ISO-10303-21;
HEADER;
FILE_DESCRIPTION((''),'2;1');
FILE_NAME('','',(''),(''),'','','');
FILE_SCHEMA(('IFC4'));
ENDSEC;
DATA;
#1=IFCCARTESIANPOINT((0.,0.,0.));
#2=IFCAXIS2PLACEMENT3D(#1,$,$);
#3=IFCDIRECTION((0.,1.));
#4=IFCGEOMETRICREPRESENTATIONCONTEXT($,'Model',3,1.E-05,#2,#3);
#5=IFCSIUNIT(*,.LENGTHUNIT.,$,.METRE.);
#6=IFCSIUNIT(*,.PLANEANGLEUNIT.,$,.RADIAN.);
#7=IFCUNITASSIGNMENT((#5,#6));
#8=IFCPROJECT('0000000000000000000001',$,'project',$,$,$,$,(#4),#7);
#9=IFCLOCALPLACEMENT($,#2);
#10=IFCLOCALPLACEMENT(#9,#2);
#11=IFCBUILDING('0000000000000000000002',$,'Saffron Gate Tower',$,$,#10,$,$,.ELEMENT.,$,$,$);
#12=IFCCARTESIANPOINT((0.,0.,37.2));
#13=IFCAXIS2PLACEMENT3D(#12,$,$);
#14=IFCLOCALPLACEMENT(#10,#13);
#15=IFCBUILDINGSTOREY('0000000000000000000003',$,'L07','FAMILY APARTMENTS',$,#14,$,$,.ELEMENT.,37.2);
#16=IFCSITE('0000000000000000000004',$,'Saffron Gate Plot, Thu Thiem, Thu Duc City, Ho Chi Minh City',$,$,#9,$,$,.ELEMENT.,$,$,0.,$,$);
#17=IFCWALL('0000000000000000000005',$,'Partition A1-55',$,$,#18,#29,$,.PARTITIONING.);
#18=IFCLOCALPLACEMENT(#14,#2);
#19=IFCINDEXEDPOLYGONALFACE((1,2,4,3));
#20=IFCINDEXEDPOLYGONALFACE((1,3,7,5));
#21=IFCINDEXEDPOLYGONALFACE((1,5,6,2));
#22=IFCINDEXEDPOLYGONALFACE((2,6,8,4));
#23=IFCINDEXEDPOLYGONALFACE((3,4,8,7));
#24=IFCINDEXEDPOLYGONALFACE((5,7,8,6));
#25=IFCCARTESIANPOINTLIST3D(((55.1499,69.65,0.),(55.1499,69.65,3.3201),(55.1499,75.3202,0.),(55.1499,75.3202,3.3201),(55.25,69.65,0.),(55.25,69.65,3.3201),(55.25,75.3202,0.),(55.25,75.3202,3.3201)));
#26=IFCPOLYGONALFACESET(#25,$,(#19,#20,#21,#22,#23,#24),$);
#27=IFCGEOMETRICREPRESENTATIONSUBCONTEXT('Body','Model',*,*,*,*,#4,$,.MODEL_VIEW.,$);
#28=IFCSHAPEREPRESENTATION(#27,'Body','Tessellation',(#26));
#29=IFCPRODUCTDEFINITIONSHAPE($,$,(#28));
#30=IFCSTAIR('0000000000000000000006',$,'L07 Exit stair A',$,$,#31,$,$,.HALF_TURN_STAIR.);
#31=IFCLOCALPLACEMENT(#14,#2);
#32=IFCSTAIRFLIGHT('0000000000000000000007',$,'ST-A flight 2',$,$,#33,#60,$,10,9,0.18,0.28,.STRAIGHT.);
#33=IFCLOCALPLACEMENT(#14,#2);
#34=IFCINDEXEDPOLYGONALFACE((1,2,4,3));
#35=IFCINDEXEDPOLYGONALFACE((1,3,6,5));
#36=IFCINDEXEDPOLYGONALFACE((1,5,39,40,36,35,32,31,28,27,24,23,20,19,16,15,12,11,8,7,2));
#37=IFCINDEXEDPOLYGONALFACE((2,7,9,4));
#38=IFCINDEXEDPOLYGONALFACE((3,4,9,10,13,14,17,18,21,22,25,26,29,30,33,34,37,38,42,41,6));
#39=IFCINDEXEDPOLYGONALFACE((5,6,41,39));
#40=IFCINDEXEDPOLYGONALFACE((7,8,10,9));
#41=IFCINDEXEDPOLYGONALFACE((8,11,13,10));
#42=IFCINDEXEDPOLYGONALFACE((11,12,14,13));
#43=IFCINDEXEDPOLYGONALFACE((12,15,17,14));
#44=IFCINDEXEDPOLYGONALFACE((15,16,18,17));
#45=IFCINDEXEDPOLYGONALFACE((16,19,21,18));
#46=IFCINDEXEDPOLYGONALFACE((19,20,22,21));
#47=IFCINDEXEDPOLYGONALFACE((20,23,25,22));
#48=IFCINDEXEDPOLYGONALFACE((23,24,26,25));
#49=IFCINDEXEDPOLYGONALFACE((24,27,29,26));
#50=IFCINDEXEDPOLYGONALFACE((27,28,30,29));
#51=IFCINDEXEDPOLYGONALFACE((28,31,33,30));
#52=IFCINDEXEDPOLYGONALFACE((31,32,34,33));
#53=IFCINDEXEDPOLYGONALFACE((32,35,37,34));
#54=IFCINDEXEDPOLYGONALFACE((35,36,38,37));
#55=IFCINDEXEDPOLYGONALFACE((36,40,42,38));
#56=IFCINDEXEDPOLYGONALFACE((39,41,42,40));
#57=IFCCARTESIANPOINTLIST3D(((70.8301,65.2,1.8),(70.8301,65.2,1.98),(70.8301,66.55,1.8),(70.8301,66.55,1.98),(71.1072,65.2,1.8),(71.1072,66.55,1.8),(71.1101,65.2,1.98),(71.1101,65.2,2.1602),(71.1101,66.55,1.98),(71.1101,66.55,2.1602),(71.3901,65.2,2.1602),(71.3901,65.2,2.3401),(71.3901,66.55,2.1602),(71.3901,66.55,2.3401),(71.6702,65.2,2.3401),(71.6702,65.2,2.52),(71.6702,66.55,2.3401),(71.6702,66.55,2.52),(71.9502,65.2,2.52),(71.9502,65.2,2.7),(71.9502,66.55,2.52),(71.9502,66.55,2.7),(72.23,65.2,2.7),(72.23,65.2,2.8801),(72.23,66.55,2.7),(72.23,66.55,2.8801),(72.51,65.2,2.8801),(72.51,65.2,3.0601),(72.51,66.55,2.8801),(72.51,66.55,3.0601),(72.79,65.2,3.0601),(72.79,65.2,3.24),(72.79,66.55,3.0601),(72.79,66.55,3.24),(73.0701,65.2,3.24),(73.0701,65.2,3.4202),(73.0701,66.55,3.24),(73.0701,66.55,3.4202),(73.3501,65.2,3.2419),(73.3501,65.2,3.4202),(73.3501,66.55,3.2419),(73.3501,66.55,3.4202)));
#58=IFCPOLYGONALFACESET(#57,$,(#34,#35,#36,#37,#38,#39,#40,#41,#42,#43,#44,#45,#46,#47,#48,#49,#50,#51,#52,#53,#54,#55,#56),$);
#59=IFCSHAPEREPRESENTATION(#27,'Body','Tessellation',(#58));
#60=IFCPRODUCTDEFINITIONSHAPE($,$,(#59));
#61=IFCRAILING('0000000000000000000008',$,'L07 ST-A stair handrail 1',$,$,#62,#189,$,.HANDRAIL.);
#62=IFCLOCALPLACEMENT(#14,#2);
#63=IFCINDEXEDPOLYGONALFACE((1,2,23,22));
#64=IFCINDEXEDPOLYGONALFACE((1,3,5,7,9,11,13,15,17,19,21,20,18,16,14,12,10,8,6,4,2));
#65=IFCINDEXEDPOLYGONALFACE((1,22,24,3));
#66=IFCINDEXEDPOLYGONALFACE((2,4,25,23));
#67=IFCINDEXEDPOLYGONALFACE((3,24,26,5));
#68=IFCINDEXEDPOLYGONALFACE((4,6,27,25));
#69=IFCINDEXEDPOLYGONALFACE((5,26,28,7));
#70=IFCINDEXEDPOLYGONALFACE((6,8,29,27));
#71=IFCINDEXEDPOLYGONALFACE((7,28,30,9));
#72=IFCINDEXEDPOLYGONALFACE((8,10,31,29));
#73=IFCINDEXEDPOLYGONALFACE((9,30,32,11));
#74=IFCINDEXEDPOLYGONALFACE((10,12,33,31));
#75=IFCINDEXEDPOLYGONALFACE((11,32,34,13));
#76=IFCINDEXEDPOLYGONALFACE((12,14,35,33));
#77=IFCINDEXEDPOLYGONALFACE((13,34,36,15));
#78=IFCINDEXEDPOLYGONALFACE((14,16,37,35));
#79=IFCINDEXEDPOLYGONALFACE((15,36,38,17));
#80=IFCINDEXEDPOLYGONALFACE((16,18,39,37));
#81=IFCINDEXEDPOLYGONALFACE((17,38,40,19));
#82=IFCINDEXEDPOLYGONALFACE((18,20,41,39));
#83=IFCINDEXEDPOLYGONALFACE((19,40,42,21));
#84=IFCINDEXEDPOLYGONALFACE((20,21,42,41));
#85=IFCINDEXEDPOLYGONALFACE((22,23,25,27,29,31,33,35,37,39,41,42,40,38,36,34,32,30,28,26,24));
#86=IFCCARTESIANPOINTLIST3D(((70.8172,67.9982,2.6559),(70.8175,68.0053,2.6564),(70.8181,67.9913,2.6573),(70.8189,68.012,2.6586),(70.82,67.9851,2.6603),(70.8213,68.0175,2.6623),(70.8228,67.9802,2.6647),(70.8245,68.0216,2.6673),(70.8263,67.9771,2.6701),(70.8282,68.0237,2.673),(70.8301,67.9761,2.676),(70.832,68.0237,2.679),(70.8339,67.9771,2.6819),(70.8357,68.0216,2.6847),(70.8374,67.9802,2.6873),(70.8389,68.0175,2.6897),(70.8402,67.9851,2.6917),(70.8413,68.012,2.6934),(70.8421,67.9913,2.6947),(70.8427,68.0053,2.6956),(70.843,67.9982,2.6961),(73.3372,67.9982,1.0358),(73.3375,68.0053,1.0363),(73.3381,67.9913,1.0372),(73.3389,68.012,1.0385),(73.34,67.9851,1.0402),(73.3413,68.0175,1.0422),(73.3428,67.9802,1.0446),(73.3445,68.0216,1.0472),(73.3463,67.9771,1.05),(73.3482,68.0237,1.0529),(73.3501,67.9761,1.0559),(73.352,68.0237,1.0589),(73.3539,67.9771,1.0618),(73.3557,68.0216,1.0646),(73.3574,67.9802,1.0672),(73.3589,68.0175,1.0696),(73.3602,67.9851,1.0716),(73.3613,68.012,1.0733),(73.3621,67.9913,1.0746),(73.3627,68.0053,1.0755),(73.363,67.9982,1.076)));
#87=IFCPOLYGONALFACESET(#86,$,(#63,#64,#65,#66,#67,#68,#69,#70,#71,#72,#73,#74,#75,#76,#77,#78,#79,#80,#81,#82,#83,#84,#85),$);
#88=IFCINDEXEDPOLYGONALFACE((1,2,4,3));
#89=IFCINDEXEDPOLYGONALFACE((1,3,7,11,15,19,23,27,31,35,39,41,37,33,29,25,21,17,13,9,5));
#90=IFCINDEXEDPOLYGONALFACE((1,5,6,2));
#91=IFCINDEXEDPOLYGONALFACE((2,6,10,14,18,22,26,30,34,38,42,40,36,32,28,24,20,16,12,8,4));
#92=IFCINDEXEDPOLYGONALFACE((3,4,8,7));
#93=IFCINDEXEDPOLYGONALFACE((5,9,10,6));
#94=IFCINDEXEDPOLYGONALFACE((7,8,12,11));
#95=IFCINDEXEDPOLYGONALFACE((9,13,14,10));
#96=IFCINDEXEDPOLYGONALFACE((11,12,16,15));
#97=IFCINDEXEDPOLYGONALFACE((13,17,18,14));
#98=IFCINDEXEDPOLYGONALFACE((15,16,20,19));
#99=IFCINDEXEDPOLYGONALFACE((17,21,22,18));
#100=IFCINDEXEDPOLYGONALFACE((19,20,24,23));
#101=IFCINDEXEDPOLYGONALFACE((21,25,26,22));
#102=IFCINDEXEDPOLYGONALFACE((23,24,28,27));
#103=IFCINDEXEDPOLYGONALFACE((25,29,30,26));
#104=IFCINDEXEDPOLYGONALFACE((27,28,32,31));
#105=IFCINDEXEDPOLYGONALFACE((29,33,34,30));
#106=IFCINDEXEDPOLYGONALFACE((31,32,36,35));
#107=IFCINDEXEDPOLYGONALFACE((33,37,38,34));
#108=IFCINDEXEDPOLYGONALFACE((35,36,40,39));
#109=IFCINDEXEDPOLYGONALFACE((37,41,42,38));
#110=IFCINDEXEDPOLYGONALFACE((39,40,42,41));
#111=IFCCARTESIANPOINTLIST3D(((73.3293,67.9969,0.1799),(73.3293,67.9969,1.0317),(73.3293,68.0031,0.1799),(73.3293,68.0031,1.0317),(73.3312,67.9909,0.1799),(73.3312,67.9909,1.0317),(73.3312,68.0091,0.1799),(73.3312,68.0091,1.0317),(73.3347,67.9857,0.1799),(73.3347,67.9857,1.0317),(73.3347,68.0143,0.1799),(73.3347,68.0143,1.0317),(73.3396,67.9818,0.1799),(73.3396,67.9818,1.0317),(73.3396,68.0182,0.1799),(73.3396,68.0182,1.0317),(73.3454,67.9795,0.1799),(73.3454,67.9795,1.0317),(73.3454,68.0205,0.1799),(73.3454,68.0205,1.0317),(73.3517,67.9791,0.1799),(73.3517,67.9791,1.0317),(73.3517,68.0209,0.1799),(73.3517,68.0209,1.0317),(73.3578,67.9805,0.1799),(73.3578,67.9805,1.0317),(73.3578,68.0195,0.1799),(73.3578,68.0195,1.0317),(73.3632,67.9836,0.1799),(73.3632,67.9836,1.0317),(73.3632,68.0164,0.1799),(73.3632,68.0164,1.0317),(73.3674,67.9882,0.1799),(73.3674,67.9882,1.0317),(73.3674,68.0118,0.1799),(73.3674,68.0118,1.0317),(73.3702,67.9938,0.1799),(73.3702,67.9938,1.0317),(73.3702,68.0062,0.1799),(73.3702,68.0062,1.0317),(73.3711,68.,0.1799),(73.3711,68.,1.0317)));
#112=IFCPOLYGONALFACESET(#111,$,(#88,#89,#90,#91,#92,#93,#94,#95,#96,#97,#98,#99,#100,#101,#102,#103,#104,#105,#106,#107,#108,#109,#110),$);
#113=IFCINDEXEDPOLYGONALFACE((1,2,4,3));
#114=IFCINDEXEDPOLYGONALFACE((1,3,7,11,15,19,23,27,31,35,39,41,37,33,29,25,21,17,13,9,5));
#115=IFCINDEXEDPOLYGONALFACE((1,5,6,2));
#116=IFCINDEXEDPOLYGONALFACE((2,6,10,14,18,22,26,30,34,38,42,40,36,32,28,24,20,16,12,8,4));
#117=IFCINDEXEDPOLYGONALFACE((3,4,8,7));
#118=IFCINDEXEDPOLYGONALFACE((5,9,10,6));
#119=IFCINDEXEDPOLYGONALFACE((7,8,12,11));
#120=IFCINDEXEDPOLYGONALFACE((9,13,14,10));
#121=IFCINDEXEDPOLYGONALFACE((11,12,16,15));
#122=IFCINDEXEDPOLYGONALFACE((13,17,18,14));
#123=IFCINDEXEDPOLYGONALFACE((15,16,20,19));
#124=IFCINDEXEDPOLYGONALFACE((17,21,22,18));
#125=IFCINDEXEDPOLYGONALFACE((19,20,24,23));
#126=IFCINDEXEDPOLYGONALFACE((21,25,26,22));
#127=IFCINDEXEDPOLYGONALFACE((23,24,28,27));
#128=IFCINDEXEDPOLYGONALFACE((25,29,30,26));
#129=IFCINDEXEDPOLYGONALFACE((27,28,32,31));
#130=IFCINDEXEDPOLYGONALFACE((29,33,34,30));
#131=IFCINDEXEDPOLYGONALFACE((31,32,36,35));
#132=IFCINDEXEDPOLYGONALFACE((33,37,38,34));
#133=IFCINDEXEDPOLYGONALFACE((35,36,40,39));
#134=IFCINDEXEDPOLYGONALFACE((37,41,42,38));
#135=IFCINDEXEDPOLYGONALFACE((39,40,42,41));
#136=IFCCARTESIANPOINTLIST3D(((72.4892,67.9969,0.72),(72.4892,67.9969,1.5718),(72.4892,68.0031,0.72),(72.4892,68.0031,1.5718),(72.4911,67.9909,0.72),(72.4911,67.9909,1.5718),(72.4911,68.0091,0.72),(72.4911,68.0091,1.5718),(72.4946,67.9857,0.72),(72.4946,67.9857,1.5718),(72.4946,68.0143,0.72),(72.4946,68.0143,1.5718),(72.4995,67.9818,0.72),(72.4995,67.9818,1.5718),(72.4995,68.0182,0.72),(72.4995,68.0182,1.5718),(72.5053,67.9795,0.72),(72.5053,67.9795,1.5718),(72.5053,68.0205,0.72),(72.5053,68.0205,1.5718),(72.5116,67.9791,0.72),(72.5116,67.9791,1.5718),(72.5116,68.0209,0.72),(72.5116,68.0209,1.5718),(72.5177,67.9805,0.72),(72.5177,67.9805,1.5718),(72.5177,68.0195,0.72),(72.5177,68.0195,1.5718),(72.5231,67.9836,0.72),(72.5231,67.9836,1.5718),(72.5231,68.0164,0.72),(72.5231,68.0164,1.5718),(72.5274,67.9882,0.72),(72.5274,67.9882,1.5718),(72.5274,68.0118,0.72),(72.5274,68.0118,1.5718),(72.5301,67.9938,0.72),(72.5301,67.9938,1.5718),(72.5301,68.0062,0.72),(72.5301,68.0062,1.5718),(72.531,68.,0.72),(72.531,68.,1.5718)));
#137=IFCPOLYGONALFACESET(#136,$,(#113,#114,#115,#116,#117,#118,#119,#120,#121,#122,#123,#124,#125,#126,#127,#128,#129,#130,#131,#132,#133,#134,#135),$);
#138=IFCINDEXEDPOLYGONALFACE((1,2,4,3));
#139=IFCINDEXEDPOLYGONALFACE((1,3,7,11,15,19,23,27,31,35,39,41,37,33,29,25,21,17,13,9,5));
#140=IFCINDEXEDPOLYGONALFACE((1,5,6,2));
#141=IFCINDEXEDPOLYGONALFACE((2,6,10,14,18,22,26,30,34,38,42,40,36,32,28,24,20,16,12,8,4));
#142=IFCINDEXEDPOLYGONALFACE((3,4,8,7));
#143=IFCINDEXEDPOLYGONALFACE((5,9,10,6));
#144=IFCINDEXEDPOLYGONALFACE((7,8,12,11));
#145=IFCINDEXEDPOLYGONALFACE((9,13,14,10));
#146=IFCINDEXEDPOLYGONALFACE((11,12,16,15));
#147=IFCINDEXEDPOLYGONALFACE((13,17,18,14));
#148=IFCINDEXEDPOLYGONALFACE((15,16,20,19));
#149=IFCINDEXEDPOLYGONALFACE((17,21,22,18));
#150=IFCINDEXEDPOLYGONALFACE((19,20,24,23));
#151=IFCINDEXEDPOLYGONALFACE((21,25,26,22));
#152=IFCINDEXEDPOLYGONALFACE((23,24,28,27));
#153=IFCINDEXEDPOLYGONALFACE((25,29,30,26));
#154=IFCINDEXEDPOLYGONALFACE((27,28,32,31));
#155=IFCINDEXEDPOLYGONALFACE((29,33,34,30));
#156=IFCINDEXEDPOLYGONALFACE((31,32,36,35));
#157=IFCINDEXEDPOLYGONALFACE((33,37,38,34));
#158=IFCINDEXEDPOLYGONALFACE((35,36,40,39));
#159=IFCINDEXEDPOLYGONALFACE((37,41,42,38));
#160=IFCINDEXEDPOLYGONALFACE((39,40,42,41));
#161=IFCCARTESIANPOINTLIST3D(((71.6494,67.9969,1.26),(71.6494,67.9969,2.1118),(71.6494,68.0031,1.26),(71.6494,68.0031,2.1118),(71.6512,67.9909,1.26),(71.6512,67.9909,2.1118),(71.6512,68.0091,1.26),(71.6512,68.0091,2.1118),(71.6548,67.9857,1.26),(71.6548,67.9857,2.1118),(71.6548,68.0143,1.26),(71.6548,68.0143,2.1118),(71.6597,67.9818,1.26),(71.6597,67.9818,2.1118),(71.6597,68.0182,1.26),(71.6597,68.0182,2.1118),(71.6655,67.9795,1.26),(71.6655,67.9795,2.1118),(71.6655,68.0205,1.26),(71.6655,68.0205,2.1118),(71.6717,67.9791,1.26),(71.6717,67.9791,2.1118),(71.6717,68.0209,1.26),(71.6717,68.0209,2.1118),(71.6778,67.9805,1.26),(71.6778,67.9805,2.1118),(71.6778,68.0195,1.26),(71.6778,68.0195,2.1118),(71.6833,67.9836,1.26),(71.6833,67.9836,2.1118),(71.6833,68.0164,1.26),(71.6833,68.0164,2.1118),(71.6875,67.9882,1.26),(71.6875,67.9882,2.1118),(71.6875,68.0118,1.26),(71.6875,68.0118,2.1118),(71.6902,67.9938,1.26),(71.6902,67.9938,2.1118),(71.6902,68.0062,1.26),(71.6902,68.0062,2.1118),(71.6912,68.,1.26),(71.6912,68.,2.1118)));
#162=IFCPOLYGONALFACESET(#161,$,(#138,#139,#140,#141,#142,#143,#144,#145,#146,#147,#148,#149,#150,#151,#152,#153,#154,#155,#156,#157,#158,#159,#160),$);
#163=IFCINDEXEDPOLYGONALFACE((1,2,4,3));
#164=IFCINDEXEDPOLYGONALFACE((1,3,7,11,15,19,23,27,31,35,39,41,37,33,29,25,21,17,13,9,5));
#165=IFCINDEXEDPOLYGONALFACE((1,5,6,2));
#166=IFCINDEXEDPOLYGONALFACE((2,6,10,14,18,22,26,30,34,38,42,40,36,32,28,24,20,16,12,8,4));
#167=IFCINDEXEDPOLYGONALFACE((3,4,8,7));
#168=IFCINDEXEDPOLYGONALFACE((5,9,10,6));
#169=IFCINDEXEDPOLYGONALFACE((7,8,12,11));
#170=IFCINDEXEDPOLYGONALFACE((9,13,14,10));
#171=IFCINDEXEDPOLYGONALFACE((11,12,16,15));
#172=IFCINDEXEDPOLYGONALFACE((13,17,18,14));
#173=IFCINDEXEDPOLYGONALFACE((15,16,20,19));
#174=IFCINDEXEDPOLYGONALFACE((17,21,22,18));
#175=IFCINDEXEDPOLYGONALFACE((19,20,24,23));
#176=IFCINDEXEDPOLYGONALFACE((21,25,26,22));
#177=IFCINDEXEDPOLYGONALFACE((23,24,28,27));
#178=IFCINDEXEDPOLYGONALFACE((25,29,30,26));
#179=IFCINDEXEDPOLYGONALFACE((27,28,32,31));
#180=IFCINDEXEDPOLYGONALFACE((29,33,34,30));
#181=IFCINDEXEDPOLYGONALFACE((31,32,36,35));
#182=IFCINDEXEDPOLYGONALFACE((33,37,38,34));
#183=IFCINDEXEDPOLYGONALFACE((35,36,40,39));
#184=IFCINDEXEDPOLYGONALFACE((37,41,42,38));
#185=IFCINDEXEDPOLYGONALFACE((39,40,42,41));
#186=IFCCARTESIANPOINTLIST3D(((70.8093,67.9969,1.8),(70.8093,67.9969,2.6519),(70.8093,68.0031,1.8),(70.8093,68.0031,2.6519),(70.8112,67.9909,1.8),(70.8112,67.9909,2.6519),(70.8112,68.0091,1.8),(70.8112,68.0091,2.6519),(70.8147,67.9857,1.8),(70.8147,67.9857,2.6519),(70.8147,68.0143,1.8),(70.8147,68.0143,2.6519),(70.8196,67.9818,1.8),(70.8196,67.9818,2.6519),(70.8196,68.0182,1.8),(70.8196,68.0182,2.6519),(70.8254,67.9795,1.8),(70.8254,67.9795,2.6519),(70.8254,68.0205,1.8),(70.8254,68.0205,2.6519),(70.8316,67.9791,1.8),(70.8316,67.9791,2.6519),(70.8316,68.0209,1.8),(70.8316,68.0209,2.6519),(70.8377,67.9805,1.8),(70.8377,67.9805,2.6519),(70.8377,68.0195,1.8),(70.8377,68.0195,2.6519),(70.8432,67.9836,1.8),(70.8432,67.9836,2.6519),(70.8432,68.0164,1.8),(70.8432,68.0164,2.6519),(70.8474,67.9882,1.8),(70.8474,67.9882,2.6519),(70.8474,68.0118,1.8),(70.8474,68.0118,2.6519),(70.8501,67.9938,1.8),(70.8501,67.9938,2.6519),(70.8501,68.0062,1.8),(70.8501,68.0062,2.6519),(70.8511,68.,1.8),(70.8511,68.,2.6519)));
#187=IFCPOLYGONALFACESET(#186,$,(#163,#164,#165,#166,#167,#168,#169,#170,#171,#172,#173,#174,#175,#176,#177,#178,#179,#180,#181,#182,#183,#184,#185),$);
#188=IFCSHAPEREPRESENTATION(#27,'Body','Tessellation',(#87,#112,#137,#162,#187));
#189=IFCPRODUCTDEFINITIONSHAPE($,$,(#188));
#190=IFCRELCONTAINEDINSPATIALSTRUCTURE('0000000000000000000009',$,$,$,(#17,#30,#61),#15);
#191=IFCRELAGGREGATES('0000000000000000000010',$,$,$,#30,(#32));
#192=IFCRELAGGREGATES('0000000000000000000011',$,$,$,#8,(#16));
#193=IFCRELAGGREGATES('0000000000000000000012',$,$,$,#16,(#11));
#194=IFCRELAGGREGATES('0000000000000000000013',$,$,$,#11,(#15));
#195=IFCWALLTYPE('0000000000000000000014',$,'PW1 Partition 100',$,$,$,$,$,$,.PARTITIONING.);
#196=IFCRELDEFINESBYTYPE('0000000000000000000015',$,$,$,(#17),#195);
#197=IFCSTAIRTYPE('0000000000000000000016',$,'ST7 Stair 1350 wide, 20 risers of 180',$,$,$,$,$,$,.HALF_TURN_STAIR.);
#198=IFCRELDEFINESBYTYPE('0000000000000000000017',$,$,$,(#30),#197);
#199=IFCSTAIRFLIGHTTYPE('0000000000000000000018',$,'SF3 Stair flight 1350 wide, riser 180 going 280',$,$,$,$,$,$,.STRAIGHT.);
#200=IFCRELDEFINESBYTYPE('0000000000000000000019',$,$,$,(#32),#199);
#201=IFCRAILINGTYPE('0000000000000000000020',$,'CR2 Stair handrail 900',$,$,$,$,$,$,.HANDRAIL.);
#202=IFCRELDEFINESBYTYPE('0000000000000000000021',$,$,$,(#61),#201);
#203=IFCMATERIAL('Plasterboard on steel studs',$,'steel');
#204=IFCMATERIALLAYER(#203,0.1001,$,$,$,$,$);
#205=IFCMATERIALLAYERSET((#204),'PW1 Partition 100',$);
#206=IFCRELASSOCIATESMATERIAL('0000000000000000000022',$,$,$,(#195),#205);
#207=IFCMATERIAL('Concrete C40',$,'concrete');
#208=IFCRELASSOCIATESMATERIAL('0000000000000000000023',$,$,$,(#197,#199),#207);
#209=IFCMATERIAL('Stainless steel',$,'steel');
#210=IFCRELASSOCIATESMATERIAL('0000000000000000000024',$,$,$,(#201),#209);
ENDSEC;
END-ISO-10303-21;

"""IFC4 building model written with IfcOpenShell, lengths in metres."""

from ifc_helpers import new_model, si_unit, direction, frame, frame_2d, origin, origin_2d, place, context, subcontext, project, spatial, polyline, rectangle, circle, outline, extrude, material, layer, layer_set, type_object, element, aggregate, save


model = new_model("IFC4")

# Units and contexts
model_context = context("Model", 3, precision=1e-05, world=origin(), true_north=direction((0.0, 1.0)))
body_context = subcontext(model_context, "Body", "Model", "MODEL_VIEW")
ifc_project = project(units=[si_unit("LENGTHUNIT", "METRE"), si_unit("PLANEANGLEUNIT", "RADIAN")], contexts=[model_context])

# Site, building, storey
site_placement = place(None, origin())
site = spatial("IfcSite", under=ifc_project, at=site_placement, Name="Saffron Gate Plot, Thu Thiem, Thu Duc City, Ho Chi Minh City", CompositionType="ELEMENT", RefElevation=0.0)
building_placement = place(site_placement, origin())
building = spatial("IfcBuilding", under=site, at=building_placement, Name="Saffron Gate Tower", CompositionType="ELEMENT")
storey_placement = place(building_placement, frame((0.0, 0.0, 37.2)))
storey = spatial("IfcBuildingStorey", under=building, at=storey_placement, Name="L07", Description="FAMILY APARTMENTS", CompositionType="ELEMENT", Elevation=37.2)

# Wall
ifc_material_1 = material(Name="Plasterboard on steel studs", Category="steel")
ifc_layer_1 = layer(ifc_material_1, 0.1001)
ifc_layer_set_1 = layer_set([ifc_layer_1], Name="PW1 Partition 100")
wall_type_1 = type_object("IfcWallType", Name="PW1 Partition 100", PredefinedType="PARTITIONING", material=ifc_layer_set_1)
wall_1_placement = place(storey_placement, frame((55.2, 75.3201, 0.0), z_axis=(0.0, 0.0, 1.0), x_axis=(0.0, -1.0, 0.0)))
element("IfcWall", 1, at=wall_1_placement, inside=storey, type_object=wall_type_1, Name="Partition A1-55", PredefinedType="PARTITIONING", context=body_context, shape_type="SweptSolid", body=[
    extrude(rectangle(XDim=5.6702, YDim=0.1001, at=frame_2d((2.835, 0.0))), origin(), (0.0, 0.0, 1.0), 3.3201),
])

# Stair, stair flight
ifc_material_2 = material(Name="Concrete C40", Category="concrete")
stair_type = type_object("IfcStairType", Name="ST7 Stair 1350 wide, 20 risers of 180", PredefinedType="HALF_TURN_STAIR", material=ifc_material_2)
stair_placement = place(storey_placement, origin())
stair = element("IfcStair", 2, at=stair_placement, inside=storey, type_object=stair_type, Name="L07 Exit stair A", PredefinedType="HALF_TURN_STAIR")
stair_flight_type = type_object("IfcStairFlightType", Name="SF3 Stair flight 1350 wide, riser 180 going 280", PredefinedType="STRAIGHT", material=ifc_material_2)
stair_flight_placement = place(storey_placement, frame((70.8301, 65.875, 1.8), z_axis=(0.0, 0.0, 1.0), x_axis=(1.0, 0.0, 0.0)))
stair_flight = element("IfcStairFlight", 3, at=stair_flight_placement, type_object=stair_flight_type, Name="ST-A flight 2", NumberOfRisers=10, NumberOfTreads=9, PredefinedType="STRAIGHT", RiserHeight=0.18, TreadLength=0.28, context=body_context, shape_type="SweptSolid", body=[
    extrude(outline(polyline([(0.0, 0.0), (0.0, 0.1799), (0.28, 0.1799), (0.28, 0.3601), (0.5601, 0.3601), (0.5601, 0.54), (0.8401, 0.54), (0.8401, 0.72), (1.1201, 0.72), (1.1201, 0.8999), (1.3999, 0.8999), (1.3999, 1.0801), (1.6799, 1.0801), (1.6799, 1.26), (1.96, 1.26), (1.96, 1.4399), (2.24, 1.4399), (2.24, 1.6201), (2.52, 1.6201), (2.52, 1.8), (2.52, 1.4419), (0.2771, 0.0), (0.0, 0.0)])), frame((0.0, 0.675, 0.0), z_axis=(0.0, -1.0, 0.0), x_axis=(1.0, 0.0, 0.0)), (0.0, 0.0, 1.0), 1.3501),
])
aggregate(stair, [stair_flight])

# Railing
ifc_material_3 = material(Name="Stainless steel", Category="steel")
railing_type = type_object("IfcRailingType", Name="CR2 Stair handrail 900", PredefinedType="HANDRAIL", material=ifc_material_3)
railing_1_placement = place(storey_placement, frame((73.3501, 68.0, 0.1799)))
element("IfcRailing", 4, at=railing_1_placement, inside=storey, type_object=railing_type, Name="L07 ST-A stair handrail 1", PredefinedType="HANDRAIL", context=body_context, shape_type="SweptSolid", body=[
    extrude(circle(Radius=0.0239, at=origin_2d()), frame((0.0, 0.0, 0.876), z_axis=(-0.841163, 0.0, 0.540782), x_axis=(0.0, -1.0, 0.0)), (0.0, 0.0, 1.0), 2.9958),
    extrude(circle(Radius=0.021, at=origin_2d()), origin(), (0.0, 0.0, 1.0), 0.8518),
    extrude(circle(Radius=0.021, at=origin_2d()), frame((-0.8401, 0.0, 0.54)), (0.0, 0.0, 1.0), 0.8518),
    extrude(circle(Radius=0.021, at=origin_2d()), frame((-1.6799, 0.0, 1.0801)), (0.0, 0.0, 1.0), 0.8518),
    extrude(circle(Radius=0.021, at=origin_2d()), frame((-2.52, 0.0, 1.6201)), (0.0, 0.0, 1.0), 0.8518),
])

save(model, "model.ifc")
